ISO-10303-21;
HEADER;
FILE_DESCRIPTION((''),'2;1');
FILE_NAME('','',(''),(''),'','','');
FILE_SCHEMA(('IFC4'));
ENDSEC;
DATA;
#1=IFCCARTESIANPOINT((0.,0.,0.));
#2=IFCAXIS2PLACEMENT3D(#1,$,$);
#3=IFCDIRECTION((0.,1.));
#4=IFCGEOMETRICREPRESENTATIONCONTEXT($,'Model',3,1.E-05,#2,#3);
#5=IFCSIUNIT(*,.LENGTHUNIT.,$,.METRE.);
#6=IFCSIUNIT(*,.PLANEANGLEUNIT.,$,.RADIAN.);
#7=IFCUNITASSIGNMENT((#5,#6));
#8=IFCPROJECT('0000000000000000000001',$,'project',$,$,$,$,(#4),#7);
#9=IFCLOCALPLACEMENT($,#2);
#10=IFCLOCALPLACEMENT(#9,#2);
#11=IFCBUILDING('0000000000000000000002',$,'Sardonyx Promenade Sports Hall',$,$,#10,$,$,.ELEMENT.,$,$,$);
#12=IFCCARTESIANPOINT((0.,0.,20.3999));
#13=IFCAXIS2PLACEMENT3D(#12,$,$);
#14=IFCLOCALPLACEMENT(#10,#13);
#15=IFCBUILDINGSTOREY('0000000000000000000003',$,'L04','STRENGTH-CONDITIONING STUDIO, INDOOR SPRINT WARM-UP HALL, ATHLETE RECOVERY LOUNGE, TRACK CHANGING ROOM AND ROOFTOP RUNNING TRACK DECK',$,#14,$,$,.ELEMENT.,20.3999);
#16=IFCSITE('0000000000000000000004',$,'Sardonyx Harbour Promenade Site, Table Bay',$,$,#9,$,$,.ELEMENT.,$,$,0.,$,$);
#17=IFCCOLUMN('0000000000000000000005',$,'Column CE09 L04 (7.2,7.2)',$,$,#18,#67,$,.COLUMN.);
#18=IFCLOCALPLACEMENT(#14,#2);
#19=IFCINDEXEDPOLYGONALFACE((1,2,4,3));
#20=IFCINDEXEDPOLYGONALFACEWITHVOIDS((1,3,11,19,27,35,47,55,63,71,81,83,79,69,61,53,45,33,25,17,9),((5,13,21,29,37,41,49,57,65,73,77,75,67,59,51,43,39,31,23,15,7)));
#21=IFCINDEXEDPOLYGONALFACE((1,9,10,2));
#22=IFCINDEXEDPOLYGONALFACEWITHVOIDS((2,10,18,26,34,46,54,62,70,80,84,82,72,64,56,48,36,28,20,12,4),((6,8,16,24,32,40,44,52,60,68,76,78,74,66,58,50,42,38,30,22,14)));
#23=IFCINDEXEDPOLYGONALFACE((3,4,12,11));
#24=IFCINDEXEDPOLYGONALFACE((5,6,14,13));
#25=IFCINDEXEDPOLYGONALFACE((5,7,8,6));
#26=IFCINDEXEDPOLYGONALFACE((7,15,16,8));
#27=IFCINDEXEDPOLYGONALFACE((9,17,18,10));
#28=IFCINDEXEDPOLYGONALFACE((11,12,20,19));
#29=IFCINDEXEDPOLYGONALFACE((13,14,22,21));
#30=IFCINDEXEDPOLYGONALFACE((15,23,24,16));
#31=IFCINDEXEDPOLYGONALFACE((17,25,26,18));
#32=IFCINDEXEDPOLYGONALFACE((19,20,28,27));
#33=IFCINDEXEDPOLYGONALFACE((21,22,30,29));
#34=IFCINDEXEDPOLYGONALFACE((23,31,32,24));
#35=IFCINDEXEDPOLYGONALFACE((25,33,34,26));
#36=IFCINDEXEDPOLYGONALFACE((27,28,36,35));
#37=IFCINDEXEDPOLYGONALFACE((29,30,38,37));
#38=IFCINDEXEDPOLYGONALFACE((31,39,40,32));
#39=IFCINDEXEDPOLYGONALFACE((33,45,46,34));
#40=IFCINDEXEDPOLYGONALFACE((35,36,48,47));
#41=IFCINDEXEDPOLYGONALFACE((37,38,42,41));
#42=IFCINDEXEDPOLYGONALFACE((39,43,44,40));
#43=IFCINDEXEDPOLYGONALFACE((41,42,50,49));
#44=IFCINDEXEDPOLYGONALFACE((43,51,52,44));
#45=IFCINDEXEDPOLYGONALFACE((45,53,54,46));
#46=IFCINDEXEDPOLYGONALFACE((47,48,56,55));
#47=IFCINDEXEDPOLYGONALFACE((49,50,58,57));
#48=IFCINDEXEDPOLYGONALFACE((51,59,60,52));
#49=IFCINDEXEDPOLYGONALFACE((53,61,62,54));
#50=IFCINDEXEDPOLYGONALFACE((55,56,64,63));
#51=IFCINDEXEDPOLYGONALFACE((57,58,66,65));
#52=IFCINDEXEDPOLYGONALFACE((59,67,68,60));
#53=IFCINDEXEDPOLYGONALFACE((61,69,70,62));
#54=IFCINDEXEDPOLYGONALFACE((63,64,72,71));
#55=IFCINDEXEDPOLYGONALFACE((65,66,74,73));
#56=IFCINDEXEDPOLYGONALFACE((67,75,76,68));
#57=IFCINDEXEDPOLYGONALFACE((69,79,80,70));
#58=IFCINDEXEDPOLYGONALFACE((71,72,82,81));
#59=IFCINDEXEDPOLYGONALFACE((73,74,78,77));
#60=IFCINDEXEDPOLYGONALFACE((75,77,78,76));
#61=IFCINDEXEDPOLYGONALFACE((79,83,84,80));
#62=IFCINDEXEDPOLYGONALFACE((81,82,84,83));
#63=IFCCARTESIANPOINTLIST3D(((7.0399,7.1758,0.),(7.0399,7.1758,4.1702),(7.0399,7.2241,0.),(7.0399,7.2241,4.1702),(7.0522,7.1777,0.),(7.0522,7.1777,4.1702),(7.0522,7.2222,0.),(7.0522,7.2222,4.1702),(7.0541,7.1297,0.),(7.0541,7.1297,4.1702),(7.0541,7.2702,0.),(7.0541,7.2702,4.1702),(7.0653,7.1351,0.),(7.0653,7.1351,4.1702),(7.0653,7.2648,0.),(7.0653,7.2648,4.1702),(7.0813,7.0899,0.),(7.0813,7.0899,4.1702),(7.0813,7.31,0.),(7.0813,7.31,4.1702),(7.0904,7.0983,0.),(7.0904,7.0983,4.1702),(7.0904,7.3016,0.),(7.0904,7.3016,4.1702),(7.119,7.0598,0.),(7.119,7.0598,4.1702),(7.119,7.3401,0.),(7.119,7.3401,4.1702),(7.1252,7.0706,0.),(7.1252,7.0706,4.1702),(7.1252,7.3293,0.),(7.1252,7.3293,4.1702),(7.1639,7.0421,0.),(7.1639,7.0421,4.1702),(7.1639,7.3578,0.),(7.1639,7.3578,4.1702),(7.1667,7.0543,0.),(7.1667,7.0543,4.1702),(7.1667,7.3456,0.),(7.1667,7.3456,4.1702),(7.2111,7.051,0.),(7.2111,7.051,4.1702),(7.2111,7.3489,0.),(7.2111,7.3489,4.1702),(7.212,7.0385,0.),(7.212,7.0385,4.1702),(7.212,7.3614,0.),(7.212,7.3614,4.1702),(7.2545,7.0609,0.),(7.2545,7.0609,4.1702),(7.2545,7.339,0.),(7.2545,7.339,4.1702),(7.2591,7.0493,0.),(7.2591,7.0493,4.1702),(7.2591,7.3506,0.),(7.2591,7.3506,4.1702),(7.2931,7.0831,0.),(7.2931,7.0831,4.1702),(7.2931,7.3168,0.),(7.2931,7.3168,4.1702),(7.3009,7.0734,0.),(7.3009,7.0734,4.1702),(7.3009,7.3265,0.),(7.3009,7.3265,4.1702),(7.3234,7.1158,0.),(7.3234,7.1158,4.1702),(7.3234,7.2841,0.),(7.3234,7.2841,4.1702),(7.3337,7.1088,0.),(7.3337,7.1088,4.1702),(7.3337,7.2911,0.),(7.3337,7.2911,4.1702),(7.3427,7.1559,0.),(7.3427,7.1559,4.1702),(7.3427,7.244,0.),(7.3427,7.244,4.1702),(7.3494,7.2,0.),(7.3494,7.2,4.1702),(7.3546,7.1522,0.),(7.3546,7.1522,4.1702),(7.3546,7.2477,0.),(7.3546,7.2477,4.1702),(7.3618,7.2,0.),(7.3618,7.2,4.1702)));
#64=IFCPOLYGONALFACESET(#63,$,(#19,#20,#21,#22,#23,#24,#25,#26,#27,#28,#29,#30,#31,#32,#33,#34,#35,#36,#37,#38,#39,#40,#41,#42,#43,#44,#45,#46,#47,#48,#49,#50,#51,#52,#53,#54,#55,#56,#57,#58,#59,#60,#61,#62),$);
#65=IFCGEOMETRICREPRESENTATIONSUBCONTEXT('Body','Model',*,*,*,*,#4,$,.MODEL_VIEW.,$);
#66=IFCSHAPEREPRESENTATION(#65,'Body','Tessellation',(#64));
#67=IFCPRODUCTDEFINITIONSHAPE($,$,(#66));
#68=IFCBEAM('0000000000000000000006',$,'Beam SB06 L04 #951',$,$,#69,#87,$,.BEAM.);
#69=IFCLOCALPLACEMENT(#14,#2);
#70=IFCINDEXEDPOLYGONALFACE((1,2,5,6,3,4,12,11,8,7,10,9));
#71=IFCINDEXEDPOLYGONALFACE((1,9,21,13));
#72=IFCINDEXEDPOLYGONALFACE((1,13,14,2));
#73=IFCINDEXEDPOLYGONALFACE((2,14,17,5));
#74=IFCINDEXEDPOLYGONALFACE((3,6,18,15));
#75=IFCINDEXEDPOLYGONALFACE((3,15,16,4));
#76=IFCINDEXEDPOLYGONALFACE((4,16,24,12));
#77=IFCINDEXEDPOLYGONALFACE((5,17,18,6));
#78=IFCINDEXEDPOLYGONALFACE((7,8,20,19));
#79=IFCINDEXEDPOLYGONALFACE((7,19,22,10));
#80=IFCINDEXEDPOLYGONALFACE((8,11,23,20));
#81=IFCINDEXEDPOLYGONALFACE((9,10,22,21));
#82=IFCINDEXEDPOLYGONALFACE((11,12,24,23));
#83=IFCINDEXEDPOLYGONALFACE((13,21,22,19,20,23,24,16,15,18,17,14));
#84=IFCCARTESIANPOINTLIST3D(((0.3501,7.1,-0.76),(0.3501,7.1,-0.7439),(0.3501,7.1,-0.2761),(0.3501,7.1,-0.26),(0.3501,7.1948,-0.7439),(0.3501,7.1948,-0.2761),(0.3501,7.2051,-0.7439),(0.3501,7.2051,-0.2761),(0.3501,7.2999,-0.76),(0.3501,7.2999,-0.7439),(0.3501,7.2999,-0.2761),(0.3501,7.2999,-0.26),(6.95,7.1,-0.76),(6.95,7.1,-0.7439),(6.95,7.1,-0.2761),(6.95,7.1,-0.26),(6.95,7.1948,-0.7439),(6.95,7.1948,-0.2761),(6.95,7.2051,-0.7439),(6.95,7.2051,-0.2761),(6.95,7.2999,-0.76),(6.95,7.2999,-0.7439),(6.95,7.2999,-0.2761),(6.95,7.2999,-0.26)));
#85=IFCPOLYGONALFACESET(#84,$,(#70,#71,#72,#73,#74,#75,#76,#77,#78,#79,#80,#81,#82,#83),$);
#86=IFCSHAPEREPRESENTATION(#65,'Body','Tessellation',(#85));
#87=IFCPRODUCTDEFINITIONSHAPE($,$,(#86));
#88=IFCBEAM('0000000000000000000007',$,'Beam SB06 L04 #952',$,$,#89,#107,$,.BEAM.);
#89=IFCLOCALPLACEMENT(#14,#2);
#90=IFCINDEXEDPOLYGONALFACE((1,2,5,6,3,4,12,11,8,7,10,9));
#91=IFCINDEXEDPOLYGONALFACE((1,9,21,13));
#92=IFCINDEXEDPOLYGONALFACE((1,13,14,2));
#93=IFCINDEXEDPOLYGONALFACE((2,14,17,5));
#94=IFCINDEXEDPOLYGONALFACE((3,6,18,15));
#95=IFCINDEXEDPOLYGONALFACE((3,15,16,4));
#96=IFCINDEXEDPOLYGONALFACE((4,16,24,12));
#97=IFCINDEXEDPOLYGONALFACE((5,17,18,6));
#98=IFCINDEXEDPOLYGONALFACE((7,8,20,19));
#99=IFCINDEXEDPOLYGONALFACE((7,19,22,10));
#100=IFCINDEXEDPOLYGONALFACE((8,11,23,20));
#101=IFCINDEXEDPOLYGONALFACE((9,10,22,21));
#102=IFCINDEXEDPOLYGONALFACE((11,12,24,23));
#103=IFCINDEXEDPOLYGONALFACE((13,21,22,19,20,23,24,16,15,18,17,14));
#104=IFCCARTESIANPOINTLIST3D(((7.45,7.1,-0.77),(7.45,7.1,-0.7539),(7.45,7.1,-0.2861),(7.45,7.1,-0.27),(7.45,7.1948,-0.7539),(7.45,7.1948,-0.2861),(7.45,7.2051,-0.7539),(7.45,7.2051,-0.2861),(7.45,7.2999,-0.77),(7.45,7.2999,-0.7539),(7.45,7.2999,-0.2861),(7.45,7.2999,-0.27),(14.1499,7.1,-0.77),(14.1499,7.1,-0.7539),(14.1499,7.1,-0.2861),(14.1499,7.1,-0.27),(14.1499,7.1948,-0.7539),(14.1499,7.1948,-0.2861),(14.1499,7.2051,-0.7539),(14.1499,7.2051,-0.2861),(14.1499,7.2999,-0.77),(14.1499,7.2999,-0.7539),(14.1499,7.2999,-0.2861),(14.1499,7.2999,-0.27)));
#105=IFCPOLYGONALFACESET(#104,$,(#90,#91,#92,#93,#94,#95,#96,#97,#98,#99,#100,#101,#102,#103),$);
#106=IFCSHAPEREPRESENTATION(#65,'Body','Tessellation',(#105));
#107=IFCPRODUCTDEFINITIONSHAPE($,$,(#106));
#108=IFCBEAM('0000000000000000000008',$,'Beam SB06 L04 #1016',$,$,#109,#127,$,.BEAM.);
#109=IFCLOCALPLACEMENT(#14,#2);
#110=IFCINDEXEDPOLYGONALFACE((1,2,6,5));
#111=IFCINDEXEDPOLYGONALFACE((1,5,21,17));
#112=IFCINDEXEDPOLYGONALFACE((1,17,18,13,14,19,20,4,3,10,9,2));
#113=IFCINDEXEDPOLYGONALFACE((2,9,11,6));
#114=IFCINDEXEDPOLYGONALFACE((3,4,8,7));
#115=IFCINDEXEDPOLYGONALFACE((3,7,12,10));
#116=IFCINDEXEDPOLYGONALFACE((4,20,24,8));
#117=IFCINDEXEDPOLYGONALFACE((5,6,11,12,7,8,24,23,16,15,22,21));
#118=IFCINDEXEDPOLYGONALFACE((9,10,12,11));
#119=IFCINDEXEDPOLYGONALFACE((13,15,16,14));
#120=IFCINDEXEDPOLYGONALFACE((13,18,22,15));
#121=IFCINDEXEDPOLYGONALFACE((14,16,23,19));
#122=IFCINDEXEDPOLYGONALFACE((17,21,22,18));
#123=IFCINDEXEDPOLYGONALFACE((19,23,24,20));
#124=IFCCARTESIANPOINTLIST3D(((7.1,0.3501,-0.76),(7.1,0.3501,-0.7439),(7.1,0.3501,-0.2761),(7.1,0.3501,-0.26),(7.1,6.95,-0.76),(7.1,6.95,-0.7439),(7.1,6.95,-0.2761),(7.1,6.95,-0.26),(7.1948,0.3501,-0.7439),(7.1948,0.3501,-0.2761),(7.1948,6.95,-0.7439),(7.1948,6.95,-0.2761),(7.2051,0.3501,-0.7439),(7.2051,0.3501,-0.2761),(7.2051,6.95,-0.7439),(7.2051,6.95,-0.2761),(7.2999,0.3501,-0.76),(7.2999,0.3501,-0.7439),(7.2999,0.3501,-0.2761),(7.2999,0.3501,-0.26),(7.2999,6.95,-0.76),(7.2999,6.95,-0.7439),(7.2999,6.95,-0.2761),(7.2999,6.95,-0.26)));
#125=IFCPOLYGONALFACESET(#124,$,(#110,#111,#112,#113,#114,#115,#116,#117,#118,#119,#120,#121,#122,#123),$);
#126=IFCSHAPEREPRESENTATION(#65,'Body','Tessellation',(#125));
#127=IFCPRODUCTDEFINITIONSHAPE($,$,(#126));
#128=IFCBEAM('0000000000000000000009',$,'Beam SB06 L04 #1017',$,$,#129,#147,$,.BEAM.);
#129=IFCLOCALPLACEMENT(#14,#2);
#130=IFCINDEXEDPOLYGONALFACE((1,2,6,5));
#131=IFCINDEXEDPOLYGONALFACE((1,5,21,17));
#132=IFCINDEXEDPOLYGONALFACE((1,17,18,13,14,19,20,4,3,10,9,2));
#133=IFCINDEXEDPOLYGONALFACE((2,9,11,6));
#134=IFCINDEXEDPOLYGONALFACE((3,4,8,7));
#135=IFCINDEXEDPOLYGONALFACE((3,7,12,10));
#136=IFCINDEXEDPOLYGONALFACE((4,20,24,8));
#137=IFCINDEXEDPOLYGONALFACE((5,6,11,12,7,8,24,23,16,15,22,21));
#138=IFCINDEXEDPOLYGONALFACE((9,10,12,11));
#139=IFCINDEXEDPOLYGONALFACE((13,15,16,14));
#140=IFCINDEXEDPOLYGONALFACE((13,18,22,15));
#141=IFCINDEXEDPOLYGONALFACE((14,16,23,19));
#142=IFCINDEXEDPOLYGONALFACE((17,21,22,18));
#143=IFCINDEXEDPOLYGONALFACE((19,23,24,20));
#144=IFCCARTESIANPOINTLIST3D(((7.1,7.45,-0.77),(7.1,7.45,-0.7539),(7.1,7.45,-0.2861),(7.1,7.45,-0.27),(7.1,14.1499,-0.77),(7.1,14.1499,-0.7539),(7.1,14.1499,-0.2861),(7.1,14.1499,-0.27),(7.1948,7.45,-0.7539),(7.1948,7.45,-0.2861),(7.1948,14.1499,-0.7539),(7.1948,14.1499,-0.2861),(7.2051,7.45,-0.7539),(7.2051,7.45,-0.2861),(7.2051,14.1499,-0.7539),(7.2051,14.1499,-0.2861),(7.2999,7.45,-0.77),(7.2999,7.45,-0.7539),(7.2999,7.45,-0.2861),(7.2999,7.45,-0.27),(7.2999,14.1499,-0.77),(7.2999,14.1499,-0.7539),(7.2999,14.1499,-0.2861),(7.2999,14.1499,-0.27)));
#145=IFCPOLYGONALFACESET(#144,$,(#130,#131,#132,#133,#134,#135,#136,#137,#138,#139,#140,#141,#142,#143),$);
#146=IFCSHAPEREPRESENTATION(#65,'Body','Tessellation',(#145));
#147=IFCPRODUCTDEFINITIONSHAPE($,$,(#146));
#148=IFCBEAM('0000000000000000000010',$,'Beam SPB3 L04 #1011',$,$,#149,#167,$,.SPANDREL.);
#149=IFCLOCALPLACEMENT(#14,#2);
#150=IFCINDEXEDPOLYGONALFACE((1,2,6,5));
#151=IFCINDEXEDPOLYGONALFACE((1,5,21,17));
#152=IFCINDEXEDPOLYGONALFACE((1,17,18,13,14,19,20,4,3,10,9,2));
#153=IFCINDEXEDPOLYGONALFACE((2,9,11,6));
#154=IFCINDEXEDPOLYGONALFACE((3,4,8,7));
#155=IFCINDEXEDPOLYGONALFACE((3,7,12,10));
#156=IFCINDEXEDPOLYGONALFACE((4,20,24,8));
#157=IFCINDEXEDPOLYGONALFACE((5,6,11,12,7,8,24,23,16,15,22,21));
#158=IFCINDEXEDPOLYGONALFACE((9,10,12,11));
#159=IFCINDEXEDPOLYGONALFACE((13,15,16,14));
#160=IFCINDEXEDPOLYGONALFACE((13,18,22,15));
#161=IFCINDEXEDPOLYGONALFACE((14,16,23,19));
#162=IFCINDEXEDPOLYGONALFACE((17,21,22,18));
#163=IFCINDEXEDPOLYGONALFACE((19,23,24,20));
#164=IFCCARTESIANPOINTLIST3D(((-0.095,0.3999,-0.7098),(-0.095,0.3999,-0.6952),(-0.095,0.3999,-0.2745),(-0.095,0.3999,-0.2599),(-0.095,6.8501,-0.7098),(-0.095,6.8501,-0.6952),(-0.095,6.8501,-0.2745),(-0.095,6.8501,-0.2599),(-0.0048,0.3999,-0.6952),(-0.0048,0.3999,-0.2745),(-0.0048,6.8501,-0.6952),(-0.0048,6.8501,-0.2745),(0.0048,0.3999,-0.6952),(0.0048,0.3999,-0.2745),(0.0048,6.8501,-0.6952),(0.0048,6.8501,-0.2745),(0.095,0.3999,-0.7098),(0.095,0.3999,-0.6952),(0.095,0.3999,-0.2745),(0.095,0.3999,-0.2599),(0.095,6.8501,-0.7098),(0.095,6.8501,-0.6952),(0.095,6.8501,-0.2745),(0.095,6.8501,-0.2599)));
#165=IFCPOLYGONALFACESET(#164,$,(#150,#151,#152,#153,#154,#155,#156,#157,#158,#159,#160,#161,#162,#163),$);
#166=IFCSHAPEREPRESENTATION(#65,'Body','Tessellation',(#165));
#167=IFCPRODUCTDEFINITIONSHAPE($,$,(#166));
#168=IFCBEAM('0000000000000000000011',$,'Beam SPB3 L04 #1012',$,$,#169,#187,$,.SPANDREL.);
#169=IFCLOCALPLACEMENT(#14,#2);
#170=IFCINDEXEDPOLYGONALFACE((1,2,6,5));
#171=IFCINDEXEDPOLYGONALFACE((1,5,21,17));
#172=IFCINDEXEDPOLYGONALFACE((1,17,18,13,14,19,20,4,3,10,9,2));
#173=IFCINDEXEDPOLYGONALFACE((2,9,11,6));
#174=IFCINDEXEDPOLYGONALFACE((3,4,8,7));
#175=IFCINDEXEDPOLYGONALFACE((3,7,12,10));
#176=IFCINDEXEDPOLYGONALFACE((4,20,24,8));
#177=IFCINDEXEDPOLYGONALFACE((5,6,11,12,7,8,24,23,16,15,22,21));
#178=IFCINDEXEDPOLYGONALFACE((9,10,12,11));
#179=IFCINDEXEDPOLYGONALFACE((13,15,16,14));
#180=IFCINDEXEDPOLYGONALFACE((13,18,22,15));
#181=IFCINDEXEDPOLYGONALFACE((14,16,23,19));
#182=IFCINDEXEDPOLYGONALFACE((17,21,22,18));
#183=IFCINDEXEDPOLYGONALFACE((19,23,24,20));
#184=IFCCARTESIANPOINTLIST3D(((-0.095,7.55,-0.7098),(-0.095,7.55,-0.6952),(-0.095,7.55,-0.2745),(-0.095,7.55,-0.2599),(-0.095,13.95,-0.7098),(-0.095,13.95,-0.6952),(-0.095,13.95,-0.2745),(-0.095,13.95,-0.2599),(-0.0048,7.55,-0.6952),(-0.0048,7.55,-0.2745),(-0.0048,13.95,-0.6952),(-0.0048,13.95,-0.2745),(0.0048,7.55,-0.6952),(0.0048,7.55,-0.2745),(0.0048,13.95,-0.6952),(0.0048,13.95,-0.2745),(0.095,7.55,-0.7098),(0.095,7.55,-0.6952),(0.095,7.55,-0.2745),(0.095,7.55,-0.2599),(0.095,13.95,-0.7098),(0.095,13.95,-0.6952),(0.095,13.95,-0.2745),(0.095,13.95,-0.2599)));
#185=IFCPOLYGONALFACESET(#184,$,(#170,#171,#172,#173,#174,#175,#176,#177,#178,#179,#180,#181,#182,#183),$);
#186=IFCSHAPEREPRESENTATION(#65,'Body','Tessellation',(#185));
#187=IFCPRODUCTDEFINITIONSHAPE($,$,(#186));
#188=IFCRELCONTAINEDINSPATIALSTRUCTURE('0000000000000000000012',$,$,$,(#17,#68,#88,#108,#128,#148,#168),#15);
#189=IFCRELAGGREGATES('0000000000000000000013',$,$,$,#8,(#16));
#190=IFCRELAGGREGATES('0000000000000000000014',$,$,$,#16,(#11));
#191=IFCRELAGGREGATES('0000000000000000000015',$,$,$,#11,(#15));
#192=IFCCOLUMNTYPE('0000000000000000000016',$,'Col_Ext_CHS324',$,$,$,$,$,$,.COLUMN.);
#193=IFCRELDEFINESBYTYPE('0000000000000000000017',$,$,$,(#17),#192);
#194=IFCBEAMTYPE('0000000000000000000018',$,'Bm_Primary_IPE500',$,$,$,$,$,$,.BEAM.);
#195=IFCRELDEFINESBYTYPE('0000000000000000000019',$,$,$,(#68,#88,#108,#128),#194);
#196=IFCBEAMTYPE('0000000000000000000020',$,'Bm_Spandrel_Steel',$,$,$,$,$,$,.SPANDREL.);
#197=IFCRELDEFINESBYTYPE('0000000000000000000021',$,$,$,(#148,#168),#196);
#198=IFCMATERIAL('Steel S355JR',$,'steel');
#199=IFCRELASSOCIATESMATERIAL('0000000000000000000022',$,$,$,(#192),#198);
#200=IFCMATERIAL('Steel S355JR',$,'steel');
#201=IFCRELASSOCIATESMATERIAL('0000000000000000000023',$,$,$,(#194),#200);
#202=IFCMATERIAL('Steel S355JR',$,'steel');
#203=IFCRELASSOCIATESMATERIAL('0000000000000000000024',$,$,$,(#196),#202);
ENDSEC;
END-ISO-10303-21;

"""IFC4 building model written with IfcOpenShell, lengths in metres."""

from ifc_helpers import new_model, si_unit, direction, frame, origin, origin_2d, place, context, subcontext, project, spatial, hollow_circle, i_section, extrude, material, material_profile, profile_set, type_object, element, save


model = new_model("IFC4")

# Units and contexts
model_context = context("Model", 3, precision=1e-05, world=origin(), true_north=direction((0.0, 1.0)))
body_context = subcontext(model_context, "Body", "Model", "MODEL_VIEW")
ifc_project = project(units=[si_unit("LENGTHUNIT", "METRE"), si_unit("PLANEANGLEUNIT", "RADIAN")], contexts=[model_context])

# Site, building, storey
site_placement = place(None, origin())
site = spatial("IfcSite", under=ifc_project, at=site_placement, Name="Sardonyx Harbour Promenade Site, Table Bay", CompositionType="ELEMENT", RefElevation=0.0)
building_placement = place(site_placement, origin())
building = spatial("IfcBuilding", under=site, at=building_placement, Name="Sardonyx Promenade Sports Hall", CompositionType="ELEMENT")
storey_placement = place(building_placement, frame((0.0, 0.0, 20.3999)))
storey = spatial("IfcBuildingStorey", under=building, at=storey_placement, Name="L04", Description="STRENGTH-CONDITIONING STUDIO, INDOOR SPRINT WARM-UP HALL, ATHLETE RECOVERY LOUNGE, TRACK CHANGING ROOM AND ROOFTOP RUNNING TRACK DECK", CompositionType="ELEMENT", Elevation=20.3999)

# Column
ifc_material_1 = material(Name="Steel S355JR", Category="steel")
ifc_material_profile_1 = material_profile(ifc_material_1, hollow_circle(Radius=0.1619, WallThickness=0.0125, at=origin_2d()))
ifc_profile_set_1 = profile_set([ifc_material_profile_1], Name="Steel S355JR")
column_type = type_object("IfcColumnType", Name="Col_Ext_CHS324", PredefinedType="COLUMN", material=ifc_profile_set_1)
column_placement = place(storey_placement, frame((7.2, 7.2, 0.0), z_axis=(0.0, 0.0, 1.0), x_axis=(1.0, 0.0, 0.0)))
element("IfcColumn", 1, at=column_placement, inside=storey, type_object=column_type, Name="Column CE09 L04 (7.2,7.2)", PredefinedType="COLUMN", context=body_context, shape_type="SweptSolid", body=[
    extrude(hollow_circle(Radius=0.1619, WallThickness=0.0125, at=origin_2d()), origin(), (0.0, 0.0, 1.0), 4.1702),
])

# Beams
ifc_material_2 = material(Name="Steel S355JR", Category="steel")
ifc_material_profile_2 = material_profile(ifc_material_2, i_section(OverallWidth=0.2, OverallDepth=0.5, WebThickness=0.0103, FlangeThickness=0.0161, at=origin_2d()))
ifc_profile_set_2 = profile_set([ifc_material_profile_2], Name="Steel S355JR")
beam_type_1 = type_object("IfcBeamType", Name="Bm_Primary_IPE500", PredefinedType="BEAM", material=ifc_profile_set_2)
beam_1_placement = place(storey_placement, frame((0.3501, 7.2, -0.51), z_axis=(1.0, 0.0, 0.0), x_axis=(0.0, 1.0, 0.0)))
element("IfcBeam", 2, at=beam_1_placement, inside=storey, type_object=beam_type_1, Name="Beam SB06 L04 #951", PredefinedType="BEAM", context=body_context, shape_type="SweptSolid", body=[
    extrude(i_section(OverallWidth=0.2, OverallDepth=0.5, WebThickness=0.0103, FlangeThickness=0.0161, at=origin_2d()), origin(), (0.0, 0.0, 1.0), 6.5999),
])
beam_2_placement = place(storey_placement, frame((7.45, 7.2, -0.52), z_axis=(1.0, 0.0, 0.0), x_axis=(0.0, 1.0, 0.0)))
element("IfcBeam", 3, at=beam_2_placement, inside=storey, type_object=beam_type_1, Name="Beam SB06 L04 #952", PredefinedType="BEAM", context=body_context, shape_type="SweptSolid", body=[
    extrude(i_section(OverallWidth=0.2, OverallDepth=0.5, WebThickness=0.0103, FlangeThickness=0.0161, at=origin_2d()), origin(), (0.0, 0.0, 1.0), 6.7),
])
beam_3_placement = place(storey_placement, frame((7.2, 0.3501, -0.51), z_axis=(0.0, 1.0, 0.0), x_axis=(-1.0, 0.0, 0.0)))
element("IfcBeam", 4, at=beam_3_placement, inside=storey, type_object=beam_type_1, Name="Beam SB06 L04 #1016", PredefinedType="BEAM", context=body_context, shape_type="SweptSolid", body=[
    extrude(i_section(OverallWidth=0.2, OverallDepth=0.5, WebThickness=0.0103, FlangeThickness=0.0161, at=origin_2d()), origin(), (0.0, 0.0, 1.0), 6.5999),
])
beam_4_placement = place(storey_placement, frame((7.2, 7.45, -0.52), z_axis=(0.0, 1.0, 0.0), x_axis=(-1.0, 0.0, 0.0)))
element("IfcBeam", 5, at=beam_4_placement, inside=storey, type_object=beam_type_1, Name="Beam SB06 L04 #1017", PredefinedType="BEAM", context=body_context, shape_type="SweptSolid", body=[
    extrude(i_section(OverallWidth=0.2, OverallDepth=0.5, WebThickness=0.0103, FlangeThickness=0.0161, at=origin_2d()), origin(), (0.0, 0.0, 1.0), 6.7),
])
ifc_material_3 = material(Name="Steel S355JR", Category="steel")
ifc_material_profile_3 = material_profile(ifc_material_3, i_section(OverallWidth=0.1899, OverallDepth=0.45, WebThickness=0.0095, FlangeThickness=0.0146, at=origin_2d()))
ifc_profile_set_3 = profile_set([ifc_material_profile_3], Name="Steel S355JR")
beam_type_2 = type_object("IfcBeamType", Name="Bm_Spandrel_Steel", PredefinedType="SPANDREL", material=ifc_profile_set_3)
beam_5_placement = place(storey_placement, frame((0.0, 0.3999, -0.4849), z_axis=(0.0, 1.0, 0.0), x_axis=(-1.0, 0.0, 0.0)))
element("IfcBeam", 6, at=beam_5_placement, inside=storey, type_object=beam_type_2, Name="Beam SPB3 L04 #1011", PredefinedType="SPANDREL", context=body_context, shape_type="SweptSolid", body=[
    extrude(i_section(OverallWidth=0.1899, OverallDepth=0.45, WebThickness=0.0095, FlangeThickness=0.0146, at=origin_2d()), origin(), (0.0, 0.0, 1.0), 6.4502),
])
beam_6_placement = place(storey_placement, frame((0.0, 7.55, -0.4849), z_axis=(0.0, 1.0, 0.0), x_axis=(-1.0, 0.0, 0.0)))
element("IfcBeam", 7, at=beam_6_placement, inside=storey, type_object=beam_type_2, Name="Beam SPB3 L04 #1012", PredefinedType="SPANDREL", context=body_context, shape_type="SweptSolid", body=[
    extrude(i_section(OverallWidth=0.1899, OverallDepth=0.45, WebThickness=0.0095, FlangeThickness=0.0146, at=origin_2d()), origin(), (0.0, 0.0, 1.0), 6.3999),
])

save(model, "model.ifc")
